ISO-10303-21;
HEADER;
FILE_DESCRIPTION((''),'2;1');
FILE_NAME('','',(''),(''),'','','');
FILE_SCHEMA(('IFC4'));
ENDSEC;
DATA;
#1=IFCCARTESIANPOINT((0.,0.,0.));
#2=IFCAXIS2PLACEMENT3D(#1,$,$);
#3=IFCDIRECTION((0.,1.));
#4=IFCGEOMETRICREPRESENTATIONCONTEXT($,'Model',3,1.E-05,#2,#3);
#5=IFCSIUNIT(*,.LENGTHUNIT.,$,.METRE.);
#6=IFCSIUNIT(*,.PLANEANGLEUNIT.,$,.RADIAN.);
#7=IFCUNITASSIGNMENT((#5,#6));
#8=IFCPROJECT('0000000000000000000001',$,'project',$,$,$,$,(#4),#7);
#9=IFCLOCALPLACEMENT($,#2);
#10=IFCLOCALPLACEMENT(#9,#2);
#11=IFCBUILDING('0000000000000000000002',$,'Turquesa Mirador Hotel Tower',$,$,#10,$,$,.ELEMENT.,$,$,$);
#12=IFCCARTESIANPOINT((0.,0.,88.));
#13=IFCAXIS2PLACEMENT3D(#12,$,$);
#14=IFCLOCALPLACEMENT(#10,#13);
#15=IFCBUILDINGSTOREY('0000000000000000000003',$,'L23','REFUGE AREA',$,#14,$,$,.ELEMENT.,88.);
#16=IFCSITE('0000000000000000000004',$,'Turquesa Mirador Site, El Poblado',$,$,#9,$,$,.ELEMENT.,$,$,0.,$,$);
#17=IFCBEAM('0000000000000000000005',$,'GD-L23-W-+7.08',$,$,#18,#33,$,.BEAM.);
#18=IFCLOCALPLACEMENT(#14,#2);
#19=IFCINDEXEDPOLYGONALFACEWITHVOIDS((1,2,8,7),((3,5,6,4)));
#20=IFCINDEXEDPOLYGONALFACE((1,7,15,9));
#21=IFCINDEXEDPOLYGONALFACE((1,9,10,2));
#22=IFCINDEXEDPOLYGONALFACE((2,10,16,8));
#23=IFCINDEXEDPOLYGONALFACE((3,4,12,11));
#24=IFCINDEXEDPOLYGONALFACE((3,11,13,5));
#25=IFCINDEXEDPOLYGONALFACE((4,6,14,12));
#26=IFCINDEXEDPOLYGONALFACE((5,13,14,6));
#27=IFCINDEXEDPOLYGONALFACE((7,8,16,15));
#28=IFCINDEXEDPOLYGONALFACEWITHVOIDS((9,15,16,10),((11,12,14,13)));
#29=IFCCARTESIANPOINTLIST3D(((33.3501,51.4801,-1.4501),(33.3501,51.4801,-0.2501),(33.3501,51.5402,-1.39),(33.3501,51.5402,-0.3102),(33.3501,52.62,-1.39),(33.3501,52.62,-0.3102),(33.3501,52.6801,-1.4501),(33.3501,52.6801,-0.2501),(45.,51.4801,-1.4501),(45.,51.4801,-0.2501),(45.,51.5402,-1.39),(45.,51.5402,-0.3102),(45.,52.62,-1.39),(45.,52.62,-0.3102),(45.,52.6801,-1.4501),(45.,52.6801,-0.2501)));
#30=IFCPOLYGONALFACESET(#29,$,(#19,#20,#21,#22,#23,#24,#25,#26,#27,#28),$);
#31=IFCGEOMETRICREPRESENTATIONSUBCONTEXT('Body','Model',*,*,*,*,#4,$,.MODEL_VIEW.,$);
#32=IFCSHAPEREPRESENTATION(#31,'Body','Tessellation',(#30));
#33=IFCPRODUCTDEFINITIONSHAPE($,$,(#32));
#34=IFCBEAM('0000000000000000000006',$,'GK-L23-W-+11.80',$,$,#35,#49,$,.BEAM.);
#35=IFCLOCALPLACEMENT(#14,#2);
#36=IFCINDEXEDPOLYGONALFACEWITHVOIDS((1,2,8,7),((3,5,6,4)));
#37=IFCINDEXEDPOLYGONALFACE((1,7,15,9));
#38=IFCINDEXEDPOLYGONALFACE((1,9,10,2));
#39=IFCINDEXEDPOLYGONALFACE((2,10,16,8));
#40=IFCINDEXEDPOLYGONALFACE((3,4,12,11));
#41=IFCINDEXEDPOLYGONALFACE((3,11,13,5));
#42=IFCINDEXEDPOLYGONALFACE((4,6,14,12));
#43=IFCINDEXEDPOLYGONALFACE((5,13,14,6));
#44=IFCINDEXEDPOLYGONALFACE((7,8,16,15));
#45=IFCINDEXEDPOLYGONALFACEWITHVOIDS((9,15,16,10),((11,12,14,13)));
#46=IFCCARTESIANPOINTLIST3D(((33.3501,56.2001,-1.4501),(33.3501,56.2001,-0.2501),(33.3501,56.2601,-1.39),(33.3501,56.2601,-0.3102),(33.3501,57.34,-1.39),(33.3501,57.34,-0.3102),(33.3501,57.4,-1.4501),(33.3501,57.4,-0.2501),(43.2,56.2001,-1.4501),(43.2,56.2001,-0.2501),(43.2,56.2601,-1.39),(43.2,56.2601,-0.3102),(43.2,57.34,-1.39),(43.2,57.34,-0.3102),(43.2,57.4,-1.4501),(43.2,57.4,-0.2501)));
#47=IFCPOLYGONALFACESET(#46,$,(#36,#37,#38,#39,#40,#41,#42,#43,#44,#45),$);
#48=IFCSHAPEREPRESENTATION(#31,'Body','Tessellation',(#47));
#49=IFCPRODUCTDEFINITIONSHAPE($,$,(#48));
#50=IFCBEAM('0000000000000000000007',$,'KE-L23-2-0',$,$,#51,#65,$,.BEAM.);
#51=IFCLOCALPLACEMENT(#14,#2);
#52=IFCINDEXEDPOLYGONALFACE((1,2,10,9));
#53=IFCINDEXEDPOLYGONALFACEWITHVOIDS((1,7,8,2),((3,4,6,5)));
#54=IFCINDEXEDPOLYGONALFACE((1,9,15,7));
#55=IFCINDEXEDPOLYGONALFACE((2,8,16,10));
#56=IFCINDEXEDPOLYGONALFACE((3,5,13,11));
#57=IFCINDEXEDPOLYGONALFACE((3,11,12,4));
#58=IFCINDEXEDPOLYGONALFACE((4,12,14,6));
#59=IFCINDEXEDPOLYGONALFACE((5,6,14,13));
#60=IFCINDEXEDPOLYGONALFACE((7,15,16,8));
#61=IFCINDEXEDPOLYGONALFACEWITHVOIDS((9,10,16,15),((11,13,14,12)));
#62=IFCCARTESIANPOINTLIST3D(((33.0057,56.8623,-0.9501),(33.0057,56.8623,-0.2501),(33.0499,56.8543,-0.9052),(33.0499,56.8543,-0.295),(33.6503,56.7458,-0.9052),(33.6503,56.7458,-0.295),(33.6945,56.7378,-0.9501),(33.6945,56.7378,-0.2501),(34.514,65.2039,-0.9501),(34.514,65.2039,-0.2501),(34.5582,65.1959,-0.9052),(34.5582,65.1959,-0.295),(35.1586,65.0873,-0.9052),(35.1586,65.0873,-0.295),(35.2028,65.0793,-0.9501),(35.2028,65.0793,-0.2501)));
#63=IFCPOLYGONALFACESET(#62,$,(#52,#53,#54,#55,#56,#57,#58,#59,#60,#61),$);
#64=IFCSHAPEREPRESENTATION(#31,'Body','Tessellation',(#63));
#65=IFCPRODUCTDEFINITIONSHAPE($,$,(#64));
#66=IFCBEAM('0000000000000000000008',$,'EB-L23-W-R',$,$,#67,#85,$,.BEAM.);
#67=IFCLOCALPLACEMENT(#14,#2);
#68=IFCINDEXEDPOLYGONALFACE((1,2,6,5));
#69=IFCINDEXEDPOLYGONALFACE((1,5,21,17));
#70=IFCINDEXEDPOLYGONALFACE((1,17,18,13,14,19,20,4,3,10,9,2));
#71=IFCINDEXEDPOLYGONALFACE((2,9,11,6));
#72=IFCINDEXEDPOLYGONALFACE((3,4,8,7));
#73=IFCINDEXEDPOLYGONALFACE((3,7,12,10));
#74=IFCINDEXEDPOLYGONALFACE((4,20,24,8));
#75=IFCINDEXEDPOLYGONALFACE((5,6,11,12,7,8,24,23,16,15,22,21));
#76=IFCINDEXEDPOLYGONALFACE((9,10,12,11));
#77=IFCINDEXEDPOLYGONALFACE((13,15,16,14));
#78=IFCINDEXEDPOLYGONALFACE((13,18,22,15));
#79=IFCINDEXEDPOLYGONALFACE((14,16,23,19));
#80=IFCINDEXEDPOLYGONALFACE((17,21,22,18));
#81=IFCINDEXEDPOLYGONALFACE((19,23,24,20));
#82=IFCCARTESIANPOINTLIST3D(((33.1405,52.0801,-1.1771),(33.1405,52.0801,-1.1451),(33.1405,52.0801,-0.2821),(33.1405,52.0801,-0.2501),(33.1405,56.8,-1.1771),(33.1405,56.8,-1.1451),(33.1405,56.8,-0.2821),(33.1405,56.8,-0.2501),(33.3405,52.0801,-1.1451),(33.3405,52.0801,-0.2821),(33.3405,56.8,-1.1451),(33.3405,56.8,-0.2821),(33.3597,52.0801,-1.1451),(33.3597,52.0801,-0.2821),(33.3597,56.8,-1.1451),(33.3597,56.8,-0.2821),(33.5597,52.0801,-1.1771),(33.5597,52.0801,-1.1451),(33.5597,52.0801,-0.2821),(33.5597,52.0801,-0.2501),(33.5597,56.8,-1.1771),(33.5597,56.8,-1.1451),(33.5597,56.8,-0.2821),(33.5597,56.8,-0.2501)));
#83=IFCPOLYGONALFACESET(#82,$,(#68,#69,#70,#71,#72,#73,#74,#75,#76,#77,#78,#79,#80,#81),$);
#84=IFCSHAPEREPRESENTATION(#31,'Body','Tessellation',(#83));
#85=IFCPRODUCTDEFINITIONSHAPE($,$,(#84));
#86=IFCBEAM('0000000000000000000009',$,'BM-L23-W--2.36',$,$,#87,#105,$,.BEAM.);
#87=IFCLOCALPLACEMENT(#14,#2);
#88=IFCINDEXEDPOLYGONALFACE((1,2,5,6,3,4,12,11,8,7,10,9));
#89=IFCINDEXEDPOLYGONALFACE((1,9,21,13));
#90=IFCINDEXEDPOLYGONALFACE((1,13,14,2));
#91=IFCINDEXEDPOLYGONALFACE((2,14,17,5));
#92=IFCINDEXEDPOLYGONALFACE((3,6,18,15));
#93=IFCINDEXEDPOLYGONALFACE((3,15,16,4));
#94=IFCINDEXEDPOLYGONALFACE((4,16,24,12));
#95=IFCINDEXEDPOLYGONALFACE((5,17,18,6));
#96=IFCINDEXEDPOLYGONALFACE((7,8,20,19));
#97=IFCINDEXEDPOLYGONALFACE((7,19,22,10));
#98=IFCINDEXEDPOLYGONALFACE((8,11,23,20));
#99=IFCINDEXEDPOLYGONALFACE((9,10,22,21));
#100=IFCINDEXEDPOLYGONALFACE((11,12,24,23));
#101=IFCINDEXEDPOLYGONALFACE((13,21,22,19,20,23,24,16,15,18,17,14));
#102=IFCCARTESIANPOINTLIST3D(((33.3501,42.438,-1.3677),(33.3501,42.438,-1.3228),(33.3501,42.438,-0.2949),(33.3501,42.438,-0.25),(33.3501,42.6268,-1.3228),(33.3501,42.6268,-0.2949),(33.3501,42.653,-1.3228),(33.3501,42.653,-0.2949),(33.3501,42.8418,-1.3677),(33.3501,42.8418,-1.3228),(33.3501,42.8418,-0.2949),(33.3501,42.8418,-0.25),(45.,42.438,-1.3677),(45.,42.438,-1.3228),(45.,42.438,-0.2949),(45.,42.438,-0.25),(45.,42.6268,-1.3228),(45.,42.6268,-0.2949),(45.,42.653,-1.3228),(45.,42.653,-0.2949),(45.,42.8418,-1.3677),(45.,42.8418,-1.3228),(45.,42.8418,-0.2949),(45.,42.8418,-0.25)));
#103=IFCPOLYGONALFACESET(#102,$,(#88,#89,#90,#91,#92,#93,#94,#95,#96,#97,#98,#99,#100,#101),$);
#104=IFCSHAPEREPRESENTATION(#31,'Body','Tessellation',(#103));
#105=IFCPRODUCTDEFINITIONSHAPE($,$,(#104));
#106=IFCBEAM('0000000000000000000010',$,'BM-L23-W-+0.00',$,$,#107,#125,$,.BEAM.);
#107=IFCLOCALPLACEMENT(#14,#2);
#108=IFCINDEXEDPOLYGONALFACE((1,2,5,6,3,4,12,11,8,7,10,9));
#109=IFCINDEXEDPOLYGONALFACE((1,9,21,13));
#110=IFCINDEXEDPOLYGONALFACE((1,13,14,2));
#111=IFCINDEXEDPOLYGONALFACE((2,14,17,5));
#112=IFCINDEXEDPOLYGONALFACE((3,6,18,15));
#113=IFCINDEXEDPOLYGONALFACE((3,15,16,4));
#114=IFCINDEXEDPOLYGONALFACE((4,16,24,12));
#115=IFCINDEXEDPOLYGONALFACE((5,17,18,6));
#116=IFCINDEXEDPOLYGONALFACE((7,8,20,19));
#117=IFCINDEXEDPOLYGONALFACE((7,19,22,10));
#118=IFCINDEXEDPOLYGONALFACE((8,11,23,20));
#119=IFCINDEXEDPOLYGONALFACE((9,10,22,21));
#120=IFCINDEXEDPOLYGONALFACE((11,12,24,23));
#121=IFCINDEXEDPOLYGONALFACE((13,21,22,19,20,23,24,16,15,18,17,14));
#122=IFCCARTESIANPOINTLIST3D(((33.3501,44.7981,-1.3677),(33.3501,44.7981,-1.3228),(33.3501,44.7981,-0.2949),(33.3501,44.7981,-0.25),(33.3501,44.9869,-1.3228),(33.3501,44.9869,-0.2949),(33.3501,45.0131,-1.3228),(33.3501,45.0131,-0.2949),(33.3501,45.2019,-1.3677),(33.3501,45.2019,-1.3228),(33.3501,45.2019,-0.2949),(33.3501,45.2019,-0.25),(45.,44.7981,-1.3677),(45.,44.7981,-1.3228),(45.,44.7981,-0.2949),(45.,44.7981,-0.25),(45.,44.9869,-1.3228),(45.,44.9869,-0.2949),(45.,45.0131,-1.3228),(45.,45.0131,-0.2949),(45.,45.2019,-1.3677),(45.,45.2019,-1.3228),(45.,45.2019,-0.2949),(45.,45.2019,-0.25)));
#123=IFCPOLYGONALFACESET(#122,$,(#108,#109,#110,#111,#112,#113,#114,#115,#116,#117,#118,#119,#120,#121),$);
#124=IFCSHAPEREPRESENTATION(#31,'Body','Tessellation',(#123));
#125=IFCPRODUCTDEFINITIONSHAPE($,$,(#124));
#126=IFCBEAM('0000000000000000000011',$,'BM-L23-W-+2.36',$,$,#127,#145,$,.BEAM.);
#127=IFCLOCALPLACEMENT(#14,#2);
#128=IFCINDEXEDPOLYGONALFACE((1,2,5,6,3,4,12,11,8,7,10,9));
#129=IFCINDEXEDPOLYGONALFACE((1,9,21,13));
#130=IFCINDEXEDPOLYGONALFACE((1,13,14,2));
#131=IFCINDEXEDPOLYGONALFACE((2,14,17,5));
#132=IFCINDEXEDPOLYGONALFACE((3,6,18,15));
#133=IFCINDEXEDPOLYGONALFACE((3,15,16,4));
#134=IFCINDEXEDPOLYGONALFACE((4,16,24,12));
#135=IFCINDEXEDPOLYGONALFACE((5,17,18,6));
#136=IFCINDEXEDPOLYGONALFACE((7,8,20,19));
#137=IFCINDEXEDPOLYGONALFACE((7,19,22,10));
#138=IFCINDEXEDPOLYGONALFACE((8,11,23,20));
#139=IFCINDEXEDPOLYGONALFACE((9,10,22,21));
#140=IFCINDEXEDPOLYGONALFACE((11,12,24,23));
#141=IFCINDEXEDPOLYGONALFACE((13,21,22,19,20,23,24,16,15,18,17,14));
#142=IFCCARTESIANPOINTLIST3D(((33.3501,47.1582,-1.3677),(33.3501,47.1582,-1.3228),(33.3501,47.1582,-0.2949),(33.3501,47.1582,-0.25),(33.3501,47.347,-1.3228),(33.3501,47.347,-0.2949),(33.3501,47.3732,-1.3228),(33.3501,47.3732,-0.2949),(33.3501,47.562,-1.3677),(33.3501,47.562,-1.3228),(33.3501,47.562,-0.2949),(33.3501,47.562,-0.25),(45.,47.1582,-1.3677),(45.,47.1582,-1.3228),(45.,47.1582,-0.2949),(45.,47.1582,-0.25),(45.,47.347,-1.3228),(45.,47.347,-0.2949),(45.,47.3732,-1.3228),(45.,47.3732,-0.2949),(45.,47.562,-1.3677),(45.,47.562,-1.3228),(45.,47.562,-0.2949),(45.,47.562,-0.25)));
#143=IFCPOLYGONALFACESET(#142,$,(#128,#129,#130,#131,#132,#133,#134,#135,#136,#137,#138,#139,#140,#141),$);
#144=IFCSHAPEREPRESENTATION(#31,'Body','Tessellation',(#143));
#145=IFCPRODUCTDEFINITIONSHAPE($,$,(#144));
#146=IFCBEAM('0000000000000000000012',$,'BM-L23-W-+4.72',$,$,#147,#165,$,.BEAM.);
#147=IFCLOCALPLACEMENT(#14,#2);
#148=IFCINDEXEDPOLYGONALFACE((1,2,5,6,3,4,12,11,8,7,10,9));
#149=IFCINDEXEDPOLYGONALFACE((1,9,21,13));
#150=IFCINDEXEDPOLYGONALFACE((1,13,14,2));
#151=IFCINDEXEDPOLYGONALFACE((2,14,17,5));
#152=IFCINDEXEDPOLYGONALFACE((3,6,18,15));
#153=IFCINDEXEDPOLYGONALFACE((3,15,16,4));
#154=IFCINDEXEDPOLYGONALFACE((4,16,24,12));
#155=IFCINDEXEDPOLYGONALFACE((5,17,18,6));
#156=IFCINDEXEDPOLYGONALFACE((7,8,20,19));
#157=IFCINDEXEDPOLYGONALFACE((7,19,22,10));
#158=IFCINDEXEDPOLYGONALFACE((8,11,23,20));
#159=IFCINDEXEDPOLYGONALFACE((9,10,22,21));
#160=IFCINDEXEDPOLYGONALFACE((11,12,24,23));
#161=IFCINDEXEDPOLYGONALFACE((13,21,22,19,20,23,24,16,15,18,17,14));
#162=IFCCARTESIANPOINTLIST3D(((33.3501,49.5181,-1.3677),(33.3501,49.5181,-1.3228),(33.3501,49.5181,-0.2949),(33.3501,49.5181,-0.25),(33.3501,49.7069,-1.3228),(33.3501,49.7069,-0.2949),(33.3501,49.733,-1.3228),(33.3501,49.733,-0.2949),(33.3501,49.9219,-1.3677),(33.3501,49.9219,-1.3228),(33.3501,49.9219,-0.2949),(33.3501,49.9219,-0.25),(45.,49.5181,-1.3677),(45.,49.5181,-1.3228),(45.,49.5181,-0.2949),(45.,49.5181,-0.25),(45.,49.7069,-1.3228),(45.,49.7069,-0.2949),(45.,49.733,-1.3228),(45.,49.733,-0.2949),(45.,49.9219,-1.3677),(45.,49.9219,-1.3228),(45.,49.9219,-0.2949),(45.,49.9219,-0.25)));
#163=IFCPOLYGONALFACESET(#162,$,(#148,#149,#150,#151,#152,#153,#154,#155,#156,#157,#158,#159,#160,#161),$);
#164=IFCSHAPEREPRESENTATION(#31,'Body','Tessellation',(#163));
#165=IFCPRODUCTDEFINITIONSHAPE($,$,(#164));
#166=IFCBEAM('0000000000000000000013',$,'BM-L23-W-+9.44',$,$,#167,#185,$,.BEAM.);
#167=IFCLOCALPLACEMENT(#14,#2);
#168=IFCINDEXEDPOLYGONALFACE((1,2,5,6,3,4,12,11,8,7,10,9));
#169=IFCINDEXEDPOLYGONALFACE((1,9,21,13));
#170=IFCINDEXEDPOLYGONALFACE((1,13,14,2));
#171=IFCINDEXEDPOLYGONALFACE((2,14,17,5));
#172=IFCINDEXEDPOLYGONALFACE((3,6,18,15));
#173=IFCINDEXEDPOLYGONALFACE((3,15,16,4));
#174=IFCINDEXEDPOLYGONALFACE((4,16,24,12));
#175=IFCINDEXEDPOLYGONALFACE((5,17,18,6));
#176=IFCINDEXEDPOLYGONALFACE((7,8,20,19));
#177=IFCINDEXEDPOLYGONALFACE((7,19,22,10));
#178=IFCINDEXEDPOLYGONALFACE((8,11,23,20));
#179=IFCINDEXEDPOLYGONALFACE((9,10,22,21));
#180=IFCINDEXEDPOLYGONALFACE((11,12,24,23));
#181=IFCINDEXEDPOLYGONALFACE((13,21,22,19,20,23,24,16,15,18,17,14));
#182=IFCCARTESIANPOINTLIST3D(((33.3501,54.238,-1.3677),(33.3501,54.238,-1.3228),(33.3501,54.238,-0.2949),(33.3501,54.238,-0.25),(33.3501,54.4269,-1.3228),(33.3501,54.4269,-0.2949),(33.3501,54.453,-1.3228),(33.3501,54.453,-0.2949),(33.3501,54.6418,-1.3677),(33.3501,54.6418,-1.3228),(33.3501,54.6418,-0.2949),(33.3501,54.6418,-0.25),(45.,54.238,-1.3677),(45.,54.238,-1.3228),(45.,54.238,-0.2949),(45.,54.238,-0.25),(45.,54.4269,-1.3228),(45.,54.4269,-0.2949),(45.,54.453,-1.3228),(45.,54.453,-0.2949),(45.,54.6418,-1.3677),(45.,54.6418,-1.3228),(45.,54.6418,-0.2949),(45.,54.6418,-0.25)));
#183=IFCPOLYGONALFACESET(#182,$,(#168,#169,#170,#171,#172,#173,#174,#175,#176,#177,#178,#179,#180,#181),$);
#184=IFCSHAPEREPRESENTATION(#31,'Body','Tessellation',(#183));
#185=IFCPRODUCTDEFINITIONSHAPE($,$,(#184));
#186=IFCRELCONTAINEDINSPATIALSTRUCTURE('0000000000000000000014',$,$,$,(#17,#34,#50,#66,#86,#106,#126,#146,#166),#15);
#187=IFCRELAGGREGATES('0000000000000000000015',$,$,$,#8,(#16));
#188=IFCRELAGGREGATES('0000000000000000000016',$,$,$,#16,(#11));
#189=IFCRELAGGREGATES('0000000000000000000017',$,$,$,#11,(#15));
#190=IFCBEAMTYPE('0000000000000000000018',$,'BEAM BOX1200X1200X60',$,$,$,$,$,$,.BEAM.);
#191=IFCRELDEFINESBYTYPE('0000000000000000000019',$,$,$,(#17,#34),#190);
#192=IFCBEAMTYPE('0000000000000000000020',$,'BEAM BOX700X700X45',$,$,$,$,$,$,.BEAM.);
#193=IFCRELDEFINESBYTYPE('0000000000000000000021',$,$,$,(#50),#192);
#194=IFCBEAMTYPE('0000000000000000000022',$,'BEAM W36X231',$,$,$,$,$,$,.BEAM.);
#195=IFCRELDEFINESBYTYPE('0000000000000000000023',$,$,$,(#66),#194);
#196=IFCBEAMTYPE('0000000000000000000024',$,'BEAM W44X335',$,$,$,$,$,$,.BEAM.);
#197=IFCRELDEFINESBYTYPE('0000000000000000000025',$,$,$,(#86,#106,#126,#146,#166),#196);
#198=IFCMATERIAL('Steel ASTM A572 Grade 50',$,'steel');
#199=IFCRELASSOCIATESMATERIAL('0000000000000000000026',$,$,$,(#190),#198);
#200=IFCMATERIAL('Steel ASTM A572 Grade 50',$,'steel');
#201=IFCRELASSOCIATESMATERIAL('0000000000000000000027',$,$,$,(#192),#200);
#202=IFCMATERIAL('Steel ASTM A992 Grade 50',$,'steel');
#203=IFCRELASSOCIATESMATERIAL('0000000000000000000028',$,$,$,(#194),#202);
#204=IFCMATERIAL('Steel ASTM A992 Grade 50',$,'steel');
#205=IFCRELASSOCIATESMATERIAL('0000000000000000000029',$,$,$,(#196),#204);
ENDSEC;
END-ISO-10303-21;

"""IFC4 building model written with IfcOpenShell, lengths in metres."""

from ifc_helpers import new_model, si_unit, direction, frame, origin, origin_2d, place, context, subcontext, project, spatial, hollow_rectangle, i_section, extrude, material, material_profile, profile_set, type_object, element, save


model = new_model("IFC4")

# Units and contexts
model_context = context("Model", 3, precision=1e-05, world=origin(), true_north=direction((0.0, 1.0)))
body_context = subcontext(model_context, "Body", "Model", "MODEL_VIEW")
ifc_project = project(units=[si_unit("LENGTHUNIT", "METRE"), si_unit("PLANEANGLEUNIT", "RADIAN")], contexts=[model_context])

# Site, building, storey
site_placement = place(None, origin())
site = spatial("IfcSite", under=ifc_project, at=site_placement, Name="Turquesa Mirador Site, El Poblado", CompositionType="ELEMENT", RefElevation=0.0)
building_placement = place(site_placement, origin())
building = spatial("IfcBuilding", under=site, at=building_placement, Name="Turquesa Mirador Hotel Tower", CompositionType="ELEMENT")
storey_placement = place(building_placement, frame((0.0, 0.0, 88.0)))
storey = spatial("IfcBuildingStorey", under=building, at=storey_placement, Name="L23", Description="REFUGE AREA", CompositionType="ELEMENT", Elevation=88.0)

# Beams
ifc_material_1 = material(Name="Steel ASTM A572 Grade 50", Category="steel")
ifc_material_profile_1 = material_profile(ifc_material_1, hollow_rectangle(XDim=1.2, YDim=1.2, WallThickness=0.0601, at=origin_2d()), Name="BOX1200X1200X60")
ifc_profile_set_1 = profile_set([ifc_material_profile_1], Name="Steel ASTM A572 Grade 50")
beam_type_1 = type_object("IfcBeamType", Name="BEAM BOX1200X1200X60", PredefinedType="BEAM", material=ifc_profile_set_1)
beam_1_placement = place(storey_placement, frame((33.3501, 52.0801, -0.8501), z_axis=(1.0, 0.0, 0.0), x_axis=(0.0, 1.0, 0.0)))
element("IfcBeam", 1, at=beam_1_placement, inside=storey, type_object=beam_type_1, Name="GD-L23-W-+7.08", PredefinedType="BEAM", context=body_context, shape_type="SweptSolid", body=[
    extrude(hollow_rectangle(XDim=1.2, YDim=1.2, WallThickness=0.0601, at=origin_2d()), origin(), (0.0, 0.0, 1.0), 11.6499),
])
beam_2_placement = place(storey_placement, frame((33.3501, 56.8, -0.8501), z_axis=(1.0, 0.0, 0.0), x_axis=(0.0, 1.0, 0.0)))
element("IfcBeam", 2, at=beam_2_placement, inside=storey, type_object=beam_type_1, Name="GK-L23-W-+11.80", PredefinedType="BEAM", context=body_context, shape_type="SweptSolid", body=[
    extrude(hollow_rectangle(XDim=1.2, YDim=1.2, WallThickness=0.0601, at=origin_2d()), origin(), (0.0, 0.0, 1.0), 9.8499),
])
ifc_material_2 = material(Name="Steel ASTM A572 Grade 50", Category="steel")
ifc_material_profile_2 = material_profile(ifc_material_2, hollow_rectangle(XDim=0.7, YDim=0.7, WallThickness=0.0449, at=origin_2d()), Name="BOX700X700X45")
ifc_profile_set_2 = profile_set([ifc_material_profile_2], Name="Steel ASTM A572 Grade 50")
beam_type_2 = type_object("IfcBeamType", Name="BEAM BOX700X700X45", PredefinedType="BEAM", material=ifc_profile_set_2)
beam_3_placement = place(storey_placement, frame((33.3501, 56.8, -0.6001), z_axis=(0.177932, 0.984043, 0.0), x_axis=(-0.984043, 0.177932, 0.0)))
element("IfcBeam", 3, at=beam_3_placement, inside=storey, type_object=beam_type_2, Name="KE-L23-2-0", PredefinedType="BEAM", context=body_context, shape_type="SweptSolid", body=[
    extrude(hollow_rectangle(XDim=0.7, YDim=0.7, WallThickness=0.0449, at=origin_2d()), origin(), (0.0, 0.0, 1.0), 8.4768),
])
ifc_material_3 = material(Name="Steel ASTM A992 Grade 50", Category="steel")
ifc_material_profile_3 = material_profile(ifc_material_3, i_section(OverallWidth=0.4192, OverallDepth=0.927, WebThickness=0.0193, FlangeThickness=0.032, at=origin_2d()), Name="W36X231")
ifc_profile_set_3 = profile_set([ifc_material_profile_3], Name="Steel ASTM A992 Grade 50")
beam_type_3 = type_object("IfcBeamType", Name="BEAM W36X231", PredefinedType="BEAM", material=ifc_profile_set_3)
beam_4_placement = place(storey_placement, frame((33.3501, 52.0801, -0.7136), z_axis=(0.0, 1.0, 0.0), x_axis=(-1.0, 0.0, 0.0)))
element("IfcBeam", 4, at=beam_4_placement, inside=storey, type_object=beam_type_3, Name="EB-L23-W-R", PredefinedType="BEAM", context=body_context, shape_type="SweptSolid", body=[
    extrude(i_section(OverallWidth=0.4192, OverallDepth=0.927, WebThickness=0.0193, FlangeThickness=0.032, at=origin_2d()), origin(), (0.0, 0.0, 1.0), 4.72),
])
ifc_material_4 = material(Name="Steel ASTM A992 Grade 50", Category="steel")
ifc_material_profile_4 = material_profile(ifc_material_4, i_section(OverallWidth=0.4038, OverallDepth=1.1177, WebThickness=0.0261, FlangeThickness=0.0449, at=origin_2d()), Name="W44X335")
ifc_profile_set_4 = profile_set([ifc_material_profile_4], Name="Steel ASTM A992 Grade 50")
beam_type_4 = type_object("IfcBeamType", Name="BEAM W44X335", PredefinedType="BEAM", material=ifc_profile_set_4)
for number, where, z_axis, x_axis, name in (
    (5, (33.3501, 42.6399, -0.8088), (1.0, 0.0, 0.0), (0.0, 1.0, 0.0), "BM-L23-W--2.36"),
    (6, (33.3501, 45.0, -0.8088), (1.0, 0.0, 0.0), (0.0, 1.0, 0.0), "BM-L23-W-+0.00"),
    (7, (33.3501, 47.3601, -0.8088), (1.0, 0.0, 0.0), (0.0, 1.0, 0.0), "BM-L23-W-+2.36"),
    (8, (33.3501, 49.72, -0.8088), (1.0, 0.0, 0.0), (0.0, 1.0, 0.0), "BM-L23-W-+4.72"),
    (9, (33.3501, 54.4399, -0.8088), (1.0, 0.0, 0.0), (0.0, 1.0, 0.0), "BM-L23-W-+9.44"),
):
    element("IfcBeam", number, at=place(storey_placement, frame(where, z_axis=z_axis, x_axis=x_axis)), inside=storey, type_object=beam_type_4, Name=name, PredefinedType="BEAM", context=body_context, shape_type="SweptSolid", body=[
        extrude(i_section(OverallWidth=0.4038, OverallDepth=1.1177, WebThickness=0.0261, FlangeThickness=0.0449, at=origin_2d()), origin(), (0.0, 0.0, 1.0), 11.6499),
    ])

save(model, "model.ifc")
